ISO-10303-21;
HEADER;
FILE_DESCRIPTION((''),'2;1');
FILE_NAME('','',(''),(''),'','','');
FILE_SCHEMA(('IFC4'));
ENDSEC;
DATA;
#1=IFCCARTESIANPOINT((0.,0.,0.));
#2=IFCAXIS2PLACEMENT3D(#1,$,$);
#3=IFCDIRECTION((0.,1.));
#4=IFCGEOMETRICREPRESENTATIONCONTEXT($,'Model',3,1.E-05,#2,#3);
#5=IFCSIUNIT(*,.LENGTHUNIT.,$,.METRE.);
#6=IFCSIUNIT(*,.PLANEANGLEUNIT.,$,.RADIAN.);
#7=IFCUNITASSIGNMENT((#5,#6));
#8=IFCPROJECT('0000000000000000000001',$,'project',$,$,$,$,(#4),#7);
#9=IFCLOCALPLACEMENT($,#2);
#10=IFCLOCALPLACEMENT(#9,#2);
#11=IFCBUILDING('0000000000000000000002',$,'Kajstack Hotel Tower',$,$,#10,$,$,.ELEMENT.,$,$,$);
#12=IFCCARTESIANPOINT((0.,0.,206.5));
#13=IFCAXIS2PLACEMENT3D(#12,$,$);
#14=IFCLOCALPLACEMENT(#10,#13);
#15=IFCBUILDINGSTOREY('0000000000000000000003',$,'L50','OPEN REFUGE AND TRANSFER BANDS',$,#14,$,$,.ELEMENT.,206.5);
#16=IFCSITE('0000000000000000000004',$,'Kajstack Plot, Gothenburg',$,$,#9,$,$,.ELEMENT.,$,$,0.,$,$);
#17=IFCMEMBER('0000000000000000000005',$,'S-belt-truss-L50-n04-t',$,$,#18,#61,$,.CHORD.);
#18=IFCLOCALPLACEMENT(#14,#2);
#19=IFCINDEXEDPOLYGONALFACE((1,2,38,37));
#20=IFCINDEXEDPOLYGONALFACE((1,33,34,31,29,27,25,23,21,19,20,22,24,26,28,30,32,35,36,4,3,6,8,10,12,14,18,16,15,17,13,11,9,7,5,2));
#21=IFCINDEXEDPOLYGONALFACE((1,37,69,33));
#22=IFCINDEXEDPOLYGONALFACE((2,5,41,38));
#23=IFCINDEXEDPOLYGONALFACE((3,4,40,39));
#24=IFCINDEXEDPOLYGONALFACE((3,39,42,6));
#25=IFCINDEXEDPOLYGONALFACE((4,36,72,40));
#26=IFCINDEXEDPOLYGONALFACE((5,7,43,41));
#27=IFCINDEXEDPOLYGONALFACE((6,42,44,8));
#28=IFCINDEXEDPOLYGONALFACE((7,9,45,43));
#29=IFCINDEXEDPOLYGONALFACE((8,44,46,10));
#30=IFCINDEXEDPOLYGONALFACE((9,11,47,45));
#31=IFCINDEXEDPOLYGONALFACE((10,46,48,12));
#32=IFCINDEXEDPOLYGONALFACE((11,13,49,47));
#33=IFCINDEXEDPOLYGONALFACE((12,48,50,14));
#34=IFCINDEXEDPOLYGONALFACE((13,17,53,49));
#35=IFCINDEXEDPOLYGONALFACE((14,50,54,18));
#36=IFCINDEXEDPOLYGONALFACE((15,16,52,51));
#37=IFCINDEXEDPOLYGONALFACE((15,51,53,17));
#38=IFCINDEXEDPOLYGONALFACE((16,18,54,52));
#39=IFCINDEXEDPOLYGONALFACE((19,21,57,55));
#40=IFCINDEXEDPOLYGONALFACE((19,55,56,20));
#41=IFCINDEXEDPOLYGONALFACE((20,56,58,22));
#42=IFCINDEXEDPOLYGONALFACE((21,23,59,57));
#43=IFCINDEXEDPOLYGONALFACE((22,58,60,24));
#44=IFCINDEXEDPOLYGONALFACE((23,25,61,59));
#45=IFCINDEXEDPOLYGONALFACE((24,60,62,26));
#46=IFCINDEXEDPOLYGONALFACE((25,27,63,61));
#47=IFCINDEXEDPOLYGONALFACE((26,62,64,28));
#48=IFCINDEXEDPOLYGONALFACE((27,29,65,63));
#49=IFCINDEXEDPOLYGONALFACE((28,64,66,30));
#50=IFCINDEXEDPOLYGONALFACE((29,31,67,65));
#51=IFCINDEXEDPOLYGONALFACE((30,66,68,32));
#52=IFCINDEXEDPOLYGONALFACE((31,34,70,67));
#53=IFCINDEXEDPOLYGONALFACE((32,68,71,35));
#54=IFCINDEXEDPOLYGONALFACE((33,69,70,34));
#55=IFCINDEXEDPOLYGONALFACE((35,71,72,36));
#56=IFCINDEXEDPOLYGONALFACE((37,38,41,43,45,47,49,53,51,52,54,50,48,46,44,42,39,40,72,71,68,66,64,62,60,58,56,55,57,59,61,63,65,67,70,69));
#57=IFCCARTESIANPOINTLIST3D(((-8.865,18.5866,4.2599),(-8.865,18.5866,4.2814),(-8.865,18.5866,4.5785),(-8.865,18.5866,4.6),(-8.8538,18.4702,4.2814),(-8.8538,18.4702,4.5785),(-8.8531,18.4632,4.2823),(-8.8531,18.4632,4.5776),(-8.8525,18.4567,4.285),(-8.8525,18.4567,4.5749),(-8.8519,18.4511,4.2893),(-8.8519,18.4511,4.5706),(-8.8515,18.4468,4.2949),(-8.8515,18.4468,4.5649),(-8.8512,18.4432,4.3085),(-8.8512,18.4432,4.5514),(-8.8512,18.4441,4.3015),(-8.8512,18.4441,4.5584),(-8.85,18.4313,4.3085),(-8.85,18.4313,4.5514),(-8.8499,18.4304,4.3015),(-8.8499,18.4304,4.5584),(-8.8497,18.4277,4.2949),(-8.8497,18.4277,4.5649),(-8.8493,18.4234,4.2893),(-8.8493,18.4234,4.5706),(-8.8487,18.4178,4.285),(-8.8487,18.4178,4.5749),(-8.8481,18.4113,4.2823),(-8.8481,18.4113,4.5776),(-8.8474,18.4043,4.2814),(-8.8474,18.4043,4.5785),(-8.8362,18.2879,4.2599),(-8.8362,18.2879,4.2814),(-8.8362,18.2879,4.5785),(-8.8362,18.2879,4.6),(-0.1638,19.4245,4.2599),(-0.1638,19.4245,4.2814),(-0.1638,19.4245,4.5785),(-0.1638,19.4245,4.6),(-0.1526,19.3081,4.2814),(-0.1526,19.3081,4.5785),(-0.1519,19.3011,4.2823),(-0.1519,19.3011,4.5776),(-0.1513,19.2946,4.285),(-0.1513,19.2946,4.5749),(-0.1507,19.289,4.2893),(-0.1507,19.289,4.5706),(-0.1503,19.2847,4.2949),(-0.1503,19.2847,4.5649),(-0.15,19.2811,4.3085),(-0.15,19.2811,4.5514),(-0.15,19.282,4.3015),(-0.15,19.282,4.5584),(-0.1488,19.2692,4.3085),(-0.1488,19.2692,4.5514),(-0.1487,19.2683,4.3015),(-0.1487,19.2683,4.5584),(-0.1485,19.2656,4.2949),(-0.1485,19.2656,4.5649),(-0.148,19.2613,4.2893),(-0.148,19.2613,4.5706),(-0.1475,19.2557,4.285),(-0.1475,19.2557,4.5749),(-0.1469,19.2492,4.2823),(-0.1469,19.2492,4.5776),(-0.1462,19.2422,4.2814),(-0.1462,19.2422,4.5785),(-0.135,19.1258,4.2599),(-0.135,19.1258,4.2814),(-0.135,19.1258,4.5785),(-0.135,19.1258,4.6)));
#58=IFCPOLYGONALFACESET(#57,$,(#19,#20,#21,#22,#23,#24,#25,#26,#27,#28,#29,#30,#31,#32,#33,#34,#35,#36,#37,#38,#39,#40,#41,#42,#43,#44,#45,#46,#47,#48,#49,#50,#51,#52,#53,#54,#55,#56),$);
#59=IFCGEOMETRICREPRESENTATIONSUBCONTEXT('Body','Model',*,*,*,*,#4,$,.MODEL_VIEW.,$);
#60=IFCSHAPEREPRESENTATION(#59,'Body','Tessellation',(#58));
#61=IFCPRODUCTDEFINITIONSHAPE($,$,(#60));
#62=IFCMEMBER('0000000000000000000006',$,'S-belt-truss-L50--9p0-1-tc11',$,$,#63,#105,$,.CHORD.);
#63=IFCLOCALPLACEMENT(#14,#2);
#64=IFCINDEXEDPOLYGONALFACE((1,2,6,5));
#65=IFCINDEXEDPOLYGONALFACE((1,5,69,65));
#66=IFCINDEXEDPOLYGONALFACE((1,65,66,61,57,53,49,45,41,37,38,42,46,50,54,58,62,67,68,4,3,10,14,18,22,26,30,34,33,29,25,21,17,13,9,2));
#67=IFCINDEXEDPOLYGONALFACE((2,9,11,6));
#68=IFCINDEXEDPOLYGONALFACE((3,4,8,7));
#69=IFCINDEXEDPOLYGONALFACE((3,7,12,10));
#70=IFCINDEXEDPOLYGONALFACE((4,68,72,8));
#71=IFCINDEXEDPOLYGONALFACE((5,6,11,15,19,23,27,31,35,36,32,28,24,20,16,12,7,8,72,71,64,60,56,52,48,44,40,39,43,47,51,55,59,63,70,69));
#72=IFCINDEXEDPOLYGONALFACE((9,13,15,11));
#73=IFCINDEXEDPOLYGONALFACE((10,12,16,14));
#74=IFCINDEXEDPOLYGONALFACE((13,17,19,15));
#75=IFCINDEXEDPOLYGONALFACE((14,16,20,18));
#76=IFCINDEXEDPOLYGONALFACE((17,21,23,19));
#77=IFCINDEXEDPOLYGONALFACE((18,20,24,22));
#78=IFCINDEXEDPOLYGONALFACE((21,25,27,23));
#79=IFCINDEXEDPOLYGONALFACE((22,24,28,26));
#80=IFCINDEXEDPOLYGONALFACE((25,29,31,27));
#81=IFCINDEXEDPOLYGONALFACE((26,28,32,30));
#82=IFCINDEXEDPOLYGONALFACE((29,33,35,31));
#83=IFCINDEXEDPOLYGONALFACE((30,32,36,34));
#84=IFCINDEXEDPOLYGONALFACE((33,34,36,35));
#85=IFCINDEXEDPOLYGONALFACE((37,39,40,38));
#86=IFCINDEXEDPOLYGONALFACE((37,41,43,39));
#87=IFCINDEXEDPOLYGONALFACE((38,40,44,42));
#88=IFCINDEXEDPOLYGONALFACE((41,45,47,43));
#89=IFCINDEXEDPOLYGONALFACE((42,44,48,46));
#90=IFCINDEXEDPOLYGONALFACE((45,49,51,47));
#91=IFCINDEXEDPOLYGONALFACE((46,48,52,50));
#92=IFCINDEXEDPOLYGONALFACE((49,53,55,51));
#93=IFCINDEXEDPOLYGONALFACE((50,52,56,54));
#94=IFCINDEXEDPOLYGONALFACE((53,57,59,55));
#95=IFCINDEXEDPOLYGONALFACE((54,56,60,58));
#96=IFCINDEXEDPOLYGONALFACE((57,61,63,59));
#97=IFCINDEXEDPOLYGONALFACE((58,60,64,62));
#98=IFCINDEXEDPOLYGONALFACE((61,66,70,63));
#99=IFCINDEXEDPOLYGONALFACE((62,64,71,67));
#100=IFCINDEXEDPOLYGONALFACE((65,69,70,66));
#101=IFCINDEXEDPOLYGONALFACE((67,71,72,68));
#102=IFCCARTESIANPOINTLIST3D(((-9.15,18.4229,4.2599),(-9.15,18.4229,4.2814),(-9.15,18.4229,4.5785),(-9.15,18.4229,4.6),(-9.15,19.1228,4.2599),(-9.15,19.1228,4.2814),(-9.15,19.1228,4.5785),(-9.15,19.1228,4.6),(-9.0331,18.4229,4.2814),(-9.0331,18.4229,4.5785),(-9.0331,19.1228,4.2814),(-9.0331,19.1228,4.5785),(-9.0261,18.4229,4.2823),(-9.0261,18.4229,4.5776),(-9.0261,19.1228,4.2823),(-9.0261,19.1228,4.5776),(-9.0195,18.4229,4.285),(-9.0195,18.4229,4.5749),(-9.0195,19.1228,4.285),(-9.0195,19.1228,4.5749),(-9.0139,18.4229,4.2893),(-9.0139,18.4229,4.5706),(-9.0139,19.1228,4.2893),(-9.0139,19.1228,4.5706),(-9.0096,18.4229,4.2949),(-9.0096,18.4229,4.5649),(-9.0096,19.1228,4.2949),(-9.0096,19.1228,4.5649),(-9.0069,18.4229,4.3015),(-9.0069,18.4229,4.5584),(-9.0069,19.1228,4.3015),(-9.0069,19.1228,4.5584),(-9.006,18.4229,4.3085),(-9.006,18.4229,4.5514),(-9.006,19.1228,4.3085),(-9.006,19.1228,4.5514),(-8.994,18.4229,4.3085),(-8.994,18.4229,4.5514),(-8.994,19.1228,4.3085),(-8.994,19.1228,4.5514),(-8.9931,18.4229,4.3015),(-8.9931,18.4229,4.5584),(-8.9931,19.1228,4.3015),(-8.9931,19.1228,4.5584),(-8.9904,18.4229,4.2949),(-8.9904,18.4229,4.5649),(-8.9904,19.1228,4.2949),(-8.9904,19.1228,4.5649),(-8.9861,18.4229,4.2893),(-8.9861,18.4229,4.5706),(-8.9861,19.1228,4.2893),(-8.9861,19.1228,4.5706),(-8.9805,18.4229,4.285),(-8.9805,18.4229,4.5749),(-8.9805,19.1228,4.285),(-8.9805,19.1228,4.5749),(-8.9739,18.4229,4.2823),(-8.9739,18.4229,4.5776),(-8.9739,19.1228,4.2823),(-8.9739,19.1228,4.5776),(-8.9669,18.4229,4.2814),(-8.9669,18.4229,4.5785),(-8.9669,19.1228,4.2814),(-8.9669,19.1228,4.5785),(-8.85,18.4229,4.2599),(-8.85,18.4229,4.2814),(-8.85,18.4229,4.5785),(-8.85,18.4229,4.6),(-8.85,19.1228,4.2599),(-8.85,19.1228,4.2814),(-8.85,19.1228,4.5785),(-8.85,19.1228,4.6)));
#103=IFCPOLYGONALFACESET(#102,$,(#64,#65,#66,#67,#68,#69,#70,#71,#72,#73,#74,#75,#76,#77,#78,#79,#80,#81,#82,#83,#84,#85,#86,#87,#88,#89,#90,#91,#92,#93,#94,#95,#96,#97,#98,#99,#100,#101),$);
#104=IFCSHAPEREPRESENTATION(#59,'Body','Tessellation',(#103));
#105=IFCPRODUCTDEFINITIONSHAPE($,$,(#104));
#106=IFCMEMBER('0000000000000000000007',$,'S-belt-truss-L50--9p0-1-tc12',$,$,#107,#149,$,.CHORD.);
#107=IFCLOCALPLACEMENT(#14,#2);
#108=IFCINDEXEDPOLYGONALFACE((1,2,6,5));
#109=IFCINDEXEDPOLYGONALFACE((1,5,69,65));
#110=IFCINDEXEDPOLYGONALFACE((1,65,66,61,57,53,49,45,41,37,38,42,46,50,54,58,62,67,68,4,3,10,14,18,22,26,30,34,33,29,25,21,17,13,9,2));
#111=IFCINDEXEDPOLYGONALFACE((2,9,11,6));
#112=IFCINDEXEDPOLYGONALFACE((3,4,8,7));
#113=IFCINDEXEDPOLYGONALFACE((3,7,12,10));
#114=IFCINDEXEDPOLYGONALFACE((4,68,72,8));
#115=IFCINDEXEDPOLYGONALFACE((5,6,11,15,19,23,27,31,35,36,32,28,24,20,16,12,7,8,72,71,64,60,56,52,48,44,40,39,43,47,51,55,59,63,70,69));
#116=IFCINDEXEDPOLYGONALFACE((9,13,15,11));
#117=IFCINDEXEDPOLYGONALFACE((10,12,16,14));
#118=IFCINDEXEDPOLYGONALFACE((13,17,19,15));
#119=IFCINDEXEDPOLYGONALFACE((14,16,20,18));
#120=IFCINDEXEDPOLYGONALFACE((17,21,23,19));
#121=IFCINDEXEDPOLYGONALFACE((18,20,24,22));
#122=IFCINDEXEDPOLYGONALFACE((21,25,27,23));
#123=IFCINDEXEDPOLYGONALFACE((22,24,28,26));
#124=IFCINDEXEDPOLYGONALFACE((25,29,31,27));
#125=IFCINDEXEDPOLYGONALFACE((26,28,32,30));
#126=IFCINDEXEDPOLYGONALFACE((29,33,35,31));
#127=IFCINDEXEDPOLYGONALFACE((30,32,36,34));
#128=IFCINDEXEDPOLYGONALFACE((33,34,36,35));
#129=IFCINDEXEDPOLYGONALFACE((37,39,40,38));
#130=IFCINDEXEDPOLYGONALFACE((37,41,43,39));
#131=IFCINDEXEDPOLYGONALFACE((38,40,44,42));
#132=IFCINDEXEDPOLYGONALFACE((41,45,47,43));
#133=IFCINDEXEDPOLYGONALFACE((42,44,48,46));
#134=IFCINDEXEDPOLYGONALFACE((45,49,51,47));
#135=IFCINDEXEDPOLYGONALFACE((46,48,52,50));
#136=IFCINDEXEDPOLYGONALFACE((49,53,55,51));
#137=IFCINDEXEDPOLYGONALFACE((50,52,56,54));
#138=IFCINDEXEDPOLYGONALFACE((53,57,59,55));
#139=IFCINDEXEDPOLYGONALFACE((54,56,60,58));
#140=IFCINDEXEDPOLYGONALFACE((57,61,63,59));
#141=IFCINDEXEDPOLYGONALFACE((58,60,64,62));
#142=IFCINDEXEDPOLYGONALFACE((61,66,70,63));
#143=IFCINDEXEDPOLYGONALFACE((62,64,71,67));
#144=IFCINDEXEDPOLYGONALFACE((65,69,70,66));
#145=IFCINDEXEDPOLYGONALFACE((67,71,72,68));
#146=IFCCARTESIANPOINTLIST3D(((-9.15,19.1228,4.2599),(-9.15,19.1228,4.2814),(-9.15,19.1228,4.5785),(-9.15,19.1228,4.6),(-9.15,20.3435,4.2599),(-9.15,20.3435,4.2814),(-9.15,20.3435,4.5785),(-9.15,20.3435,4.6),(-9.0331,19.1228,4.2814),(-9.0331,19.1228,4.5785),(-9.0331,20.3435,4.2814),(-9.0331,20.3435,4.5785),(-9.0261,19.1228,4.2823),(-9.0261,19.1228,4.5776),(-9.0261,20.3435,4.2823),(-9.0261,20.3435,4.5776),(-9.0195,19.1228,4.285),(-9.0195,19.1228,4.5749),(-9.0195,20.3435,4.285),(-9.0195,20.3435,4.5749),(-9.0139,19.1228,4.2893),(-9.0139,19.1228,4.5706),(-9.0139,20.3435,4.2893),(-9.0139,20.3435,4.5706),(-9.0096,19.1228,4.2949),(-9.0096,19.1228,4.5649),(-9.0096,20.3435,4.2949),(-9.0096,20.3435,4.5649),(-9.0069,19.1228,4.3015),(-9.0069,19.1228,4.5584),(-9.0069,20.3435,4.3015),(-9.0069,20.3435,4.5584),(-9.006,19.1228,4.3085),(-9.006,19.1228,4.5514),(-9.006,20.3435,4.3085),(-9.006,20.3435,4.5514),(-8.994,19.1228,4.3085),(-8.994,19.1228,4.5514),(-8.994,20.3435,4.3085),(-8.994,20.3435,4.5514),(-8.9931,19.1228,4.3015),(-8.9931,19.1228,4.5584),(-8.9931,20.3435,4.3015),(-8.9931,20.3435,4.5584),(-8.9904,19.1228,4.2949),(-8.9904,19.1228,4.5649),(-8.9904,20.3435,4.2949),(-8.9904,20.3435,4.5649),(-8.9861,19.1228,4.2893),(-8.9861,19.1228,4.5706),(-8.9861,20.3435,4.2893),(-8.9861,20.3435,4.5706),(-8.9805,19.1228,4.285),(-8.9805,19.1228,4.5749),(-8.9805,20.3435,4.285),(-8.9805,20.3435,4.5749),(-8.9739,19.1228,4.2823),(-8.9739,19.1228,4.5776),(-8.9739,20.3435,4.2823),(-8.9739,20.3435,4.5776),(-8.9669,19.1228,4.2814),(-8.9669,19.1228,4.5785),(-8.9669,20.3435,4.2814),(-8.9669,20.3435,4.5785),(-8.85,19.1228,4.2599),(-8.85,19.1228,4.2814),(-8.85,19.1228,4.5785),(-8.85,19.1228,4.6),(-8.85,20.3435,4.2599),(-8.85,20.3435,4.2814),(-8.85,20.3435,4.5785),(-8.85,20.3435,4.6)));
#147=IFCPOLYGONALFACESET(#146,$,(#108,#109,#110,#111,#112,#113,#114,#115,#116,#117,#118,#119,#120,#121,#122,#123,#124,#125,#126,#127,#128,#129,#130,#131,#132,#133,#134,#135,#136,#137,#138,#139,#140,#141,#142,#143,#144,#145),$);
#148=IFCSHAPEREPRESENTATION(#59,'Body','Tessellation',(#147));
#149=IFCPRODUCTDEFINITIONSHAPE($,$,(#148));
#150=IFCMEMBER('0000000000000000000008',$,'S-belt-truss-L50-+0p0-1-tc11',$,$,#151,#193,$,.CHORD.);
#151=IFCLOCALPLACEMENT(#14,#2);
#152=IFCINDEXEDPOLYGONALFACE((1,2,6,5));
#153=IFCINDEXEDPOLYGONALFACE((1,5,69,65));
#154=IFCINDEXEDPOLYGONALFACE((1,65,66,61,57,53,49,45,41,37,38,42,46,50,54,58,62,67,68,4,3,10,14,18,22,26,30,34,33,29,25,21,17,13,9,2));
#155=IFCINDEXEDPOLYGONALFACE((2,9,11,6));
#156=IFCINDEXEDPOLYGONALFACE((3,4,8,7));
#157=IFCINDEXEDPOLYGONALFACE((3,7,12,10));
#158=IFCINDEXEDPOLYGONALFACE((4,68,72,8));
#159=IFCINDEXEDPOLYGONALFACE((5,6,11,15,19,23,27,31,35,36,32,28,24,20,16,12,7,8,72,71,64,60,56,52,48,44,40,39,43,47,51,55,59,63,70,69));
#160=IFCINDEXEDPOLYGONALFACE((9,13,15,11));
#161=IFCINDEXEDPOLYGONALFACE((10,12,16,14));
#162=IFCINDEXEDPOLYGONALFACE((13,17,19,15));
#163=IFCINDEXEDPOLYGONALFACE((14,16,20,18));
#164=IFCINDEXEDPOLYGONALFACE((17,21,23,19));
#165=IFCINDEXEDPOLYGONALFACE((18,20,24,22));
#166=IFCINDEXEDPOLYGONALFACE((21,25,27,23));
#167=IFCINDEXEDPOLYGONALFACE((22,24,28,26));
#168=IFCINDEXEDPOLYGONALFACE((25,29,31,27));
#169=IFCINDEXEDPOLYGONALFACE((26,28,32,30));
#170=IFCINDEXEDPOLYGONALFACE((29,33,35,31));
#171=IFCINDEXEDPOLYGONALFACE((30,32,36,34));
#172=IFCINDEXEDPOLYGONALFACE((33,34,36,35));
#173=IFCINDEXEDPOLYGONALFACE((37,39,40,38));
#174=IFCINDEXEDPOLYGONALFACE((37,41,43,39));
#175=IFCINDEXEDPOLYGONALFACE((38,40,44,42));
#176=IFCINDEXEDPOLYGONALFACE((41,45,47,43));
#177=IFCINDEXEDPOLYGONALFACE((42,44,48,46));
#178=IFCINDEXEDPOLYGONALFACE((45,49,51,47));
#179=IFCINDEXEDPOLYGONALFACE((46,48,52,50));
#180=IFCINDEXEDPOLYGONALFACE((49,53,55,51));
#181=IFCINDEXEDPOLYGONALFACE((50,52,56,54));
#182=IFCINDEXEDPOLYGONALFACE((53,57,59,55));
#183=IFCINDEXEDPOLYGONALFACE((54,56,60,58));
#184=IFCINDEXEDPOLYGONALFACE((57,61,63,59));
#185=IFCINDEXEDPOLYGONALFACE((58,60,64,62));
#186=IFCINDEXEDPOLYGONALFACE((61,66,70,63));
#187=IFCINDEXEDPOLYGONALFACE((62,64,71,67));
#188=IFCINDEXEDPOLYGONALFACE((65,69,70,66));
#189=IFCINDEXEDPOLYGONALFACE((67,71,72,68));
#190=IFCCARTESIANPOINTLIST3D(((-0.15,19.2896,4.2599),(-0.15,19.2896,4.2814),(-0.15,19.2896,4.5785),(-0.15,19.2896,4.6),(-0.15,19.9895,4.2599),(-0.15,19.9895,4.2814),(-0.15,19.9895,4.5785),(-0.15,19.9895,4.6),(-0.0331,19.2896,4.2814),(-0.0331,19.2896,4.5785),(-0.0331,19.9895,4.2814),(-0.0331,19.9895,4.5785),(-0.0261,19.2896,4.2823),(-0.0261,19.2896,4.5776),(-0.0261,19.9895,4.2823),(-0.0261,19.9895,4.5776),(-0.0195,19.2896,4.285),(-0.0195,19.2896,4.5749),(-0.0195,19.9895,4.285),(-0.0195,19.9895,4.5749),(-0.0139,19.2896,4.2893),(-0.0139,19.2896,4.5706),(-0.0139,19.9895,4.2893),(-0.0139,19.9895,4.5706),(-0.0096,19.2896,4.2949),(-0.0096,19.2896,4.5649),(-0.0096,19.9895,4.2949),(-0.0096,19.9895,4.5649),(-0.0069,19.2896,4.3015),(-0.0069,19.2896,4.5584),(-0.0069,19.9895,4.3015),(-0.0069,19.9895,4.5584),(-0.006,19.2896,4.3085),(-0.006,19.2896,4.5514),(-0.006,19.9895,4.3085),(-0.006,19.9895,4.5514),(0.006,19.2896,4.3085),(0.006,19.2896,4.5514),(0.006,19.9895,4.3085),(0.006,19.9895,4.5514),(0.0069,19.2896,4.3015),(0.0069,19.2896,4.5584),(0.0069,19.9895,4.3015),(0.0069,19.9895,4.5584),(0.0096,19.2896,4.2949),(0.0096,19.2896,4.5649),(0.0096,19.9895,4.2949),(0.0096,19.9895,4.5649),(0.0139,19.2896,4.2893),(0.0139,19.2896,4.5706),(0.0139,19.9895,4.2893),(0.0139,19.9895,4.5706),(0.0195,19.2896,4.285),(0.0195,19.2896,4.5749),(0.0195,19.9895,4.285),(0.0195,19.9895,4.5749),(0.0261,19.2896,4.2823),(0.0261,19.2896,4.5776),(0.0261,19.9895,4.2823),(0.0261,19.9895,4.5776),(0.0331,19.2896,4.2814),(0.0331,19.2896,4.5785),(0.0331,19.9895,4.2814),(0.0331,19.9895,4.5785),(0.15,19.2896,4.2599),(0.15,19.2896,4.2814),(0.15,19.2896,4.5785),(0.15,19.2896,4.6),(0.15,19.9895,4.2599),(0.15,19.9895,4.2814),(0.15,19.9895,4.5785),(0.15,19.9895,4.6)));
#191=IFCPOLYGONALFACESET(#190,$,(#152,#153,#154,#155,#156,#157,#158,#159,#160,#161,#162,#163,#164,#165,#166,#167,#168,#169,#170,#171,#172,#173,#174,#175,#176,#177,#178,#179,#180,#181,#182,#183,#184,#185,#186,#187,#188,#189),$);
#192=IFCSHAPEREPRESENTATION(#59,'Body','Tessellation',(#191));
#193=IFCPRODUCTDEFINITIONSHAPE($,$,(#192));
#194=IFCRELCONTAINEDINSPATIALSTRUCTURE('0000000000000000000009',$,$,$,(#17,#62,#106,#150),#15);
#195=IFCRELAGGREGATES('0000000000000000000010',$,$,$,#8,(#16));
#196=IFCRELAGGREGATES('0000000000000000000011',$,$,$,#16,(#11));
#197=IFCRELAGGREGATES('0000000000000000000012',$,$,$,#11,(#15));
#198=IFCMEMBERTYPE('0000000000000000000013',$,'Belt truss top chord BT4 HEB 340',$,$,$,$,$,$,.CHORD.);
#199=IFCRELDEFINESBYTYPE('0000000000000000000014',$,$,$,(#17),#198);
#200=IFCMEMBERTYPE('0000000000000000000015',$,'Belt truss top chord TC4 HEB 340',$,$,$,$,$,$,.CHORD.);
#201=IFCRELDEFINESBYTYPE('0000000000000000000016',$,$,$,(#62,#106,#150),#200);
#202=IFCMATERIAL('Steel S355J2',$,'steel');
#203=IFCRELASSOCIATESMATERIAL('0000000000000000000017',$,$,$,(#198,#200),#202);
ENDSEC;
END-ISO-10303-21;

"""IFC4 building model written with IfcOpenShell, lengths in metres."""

from ifc_helpers import new_model, si_unit, direction, frame, origin, origin_2d, place, context, subcontext, project, spatial, i_section, extrude, material, material_profile, profile_set, type_object, element, save


model = new_model("IFC4")

# Units and contexts
model_context = context("Model", 3, precision=1e-05, world=origin(), true_north=direction((0.0, 1.0)))
body_context = subcontext(model_context, "Body", "Model", "MODEL_VIEW")
ifc_project = project(units=[si_unit("LENGTHUNIT", "METRE"), si_unit("PLANEANGLEUNIT", "RADIAN")], contexts=[model_context])

# Site, building, storey
site_placement = place(None, origin())
site = spatial("IfcSite", under=ifc_project, at=site_placement, Name="Kajstack Plot, Gothenburg", CompositionType="ELEMENT", RefElevation=0.0)
building_placement = place(site_placement, origin())
building = spatial("IfcBuilding", under=site, at=building_placement, Name="Kajstack Hotel Tower", CompositionType="ELEMENT")
storey_placement = place(building_placement, frame((0.0, 0.0, 206.5)))
storey = spatial("IfcBuildingStorey", under=building, at=storey_placement, Name="L50", Description="OPEN REFUGE AND TRANSFER BANDS", CompositionType="ELEMENT", Elevation=206.5)

# Members
ifc_material = material(Name="Steel S355J2", Category="steel")
ifc_material_profile_1 = material_profile(ifc_material, i_section(OverallWidth=0.3, OverallDepth=0.3401, WebThickness=0.012, FlangeThickness=0.0215, FilletRadius=0.0271, at=origin_2d()), Name="HEB 340")
ifc_profile_set_1 = profile_set([ifc_material_profile_1], Name="Steel S355J2")
member_type_1 = type_object("IfcMemberType", Name="Belt truss top chord BT4 HEB 340", PredefinedType="CHORD", material=ifc_profile_set_1)
member_1_placement = place(storey_placement, frame((-8.8506, 18.4373, 4.4299), z_axis=(0.995396, 0.095853, 0.0), x_axis=(-0.095853, 0.995396, 0.0)))
element("IfcMember", 1, at=member_1_placement, inside=storey, type_object=member_type_1, Name="S-belt-truss-L50-n04-t", PredefinedType="CHORD", context=body_context, shape_type="SweptSolid", body=[
    extrude(i_section(OverallWidth=0.3, OverallDepth=0.3401, WebThickness=0.012, FlangeThickness=0.0215, FilletRadius=0.0271, at=origin_2d()), origin(), (0.0, 0.0, 1.0), 8.7415),
])
ifc_material_profile_2 = material_profile(ifc_material, i_section(OverallWidth=0.3, OverallDepth=0.3401, WebThickness=0.012, FlangeThickness=0.0215, FilletRadius=0.0271, at=origin_2d()), Name="HEB 340")
ifc_profile_set_2 = profile_set([ifc_material_profile_2], Name="Steel S355J2")
member_type_2 = type_object("IfcMemberType", Name="Belt truss top chord TC4 HEB 340", PredefinedType="CHORD", material=ifc_profile_set_2)
member_2_placement = place(storey_placement, frame((-9.0, 18.4229, 4.4299), z_axis=(0.0, 1.0, 0.0), x_axis=(-1.0, 0.0, 0.0)))
element("IfcMember", 2, at=member_2_placement, inside=storey, type_object=member_type_2, Name="S-belt-truss-L50--9p0-1-tc11", PredefinedType="CHORD", context=body_context, shape_type="SweptSolid", body=[
    extrude(i_section(OverallWidth=0.3, OverallDepth=0.3401, WebThickness=0.012, FlangeThickness=0.0215, FilletRadius=0.0271, at=origin_2d()), origin(), (0.0, 0.0, 1.0), 0.7),
])
member_3_placement = place(storey_placement, frame((-9.0, 19.1228, 4.4299), z_axis=(0.0, 1.0, 0.0), x_axis=(-1.0, 0.0, 0.0)))
element("IfcMember", 3, at=member_3_placement, inside=storey, type_object=member_type_2, Name="S-belt-truss-L50--9p0-1-tc12", PredefinedType="CHORD", context=body_context, shape_type="SweptSolid", body=[
    extrude(i_section(OverallWidth=0.3, OverallDepth=0.3401, WebThickness=0.012, FlangeThickness=0.0215, FilletRadius=0.0271, at=origin_2d()), origin(), (0.0, 0.0, 1.0), 1.2207),
])
member_4_placement = place(storey_placement, frame((0.0, 19.2896, 4.4299), z_axis=(0.0, 1.0, 0.0), x_axis=(-1.0, 0.0, 0.0)))
element("IfcMember", 4, at=member_4_placement, inside=storey, type_object=member_type_2, Name="S-belt-truss-L50-+0p0-1-tc11", PredefinedType="CHORD", context=body_context, shape_type="SweptSolid", body=[
    extrude(i_section(OverallWidth=0.3, OverallDepth=0.3401, WebThickness=0.012, FlangeThickness=0.0215, FilletRadius=0.0271, at=origin_2d()), origin(), (0.0, 0.0, 1.0), 0.7),
])

save(model, "model.ifc")
